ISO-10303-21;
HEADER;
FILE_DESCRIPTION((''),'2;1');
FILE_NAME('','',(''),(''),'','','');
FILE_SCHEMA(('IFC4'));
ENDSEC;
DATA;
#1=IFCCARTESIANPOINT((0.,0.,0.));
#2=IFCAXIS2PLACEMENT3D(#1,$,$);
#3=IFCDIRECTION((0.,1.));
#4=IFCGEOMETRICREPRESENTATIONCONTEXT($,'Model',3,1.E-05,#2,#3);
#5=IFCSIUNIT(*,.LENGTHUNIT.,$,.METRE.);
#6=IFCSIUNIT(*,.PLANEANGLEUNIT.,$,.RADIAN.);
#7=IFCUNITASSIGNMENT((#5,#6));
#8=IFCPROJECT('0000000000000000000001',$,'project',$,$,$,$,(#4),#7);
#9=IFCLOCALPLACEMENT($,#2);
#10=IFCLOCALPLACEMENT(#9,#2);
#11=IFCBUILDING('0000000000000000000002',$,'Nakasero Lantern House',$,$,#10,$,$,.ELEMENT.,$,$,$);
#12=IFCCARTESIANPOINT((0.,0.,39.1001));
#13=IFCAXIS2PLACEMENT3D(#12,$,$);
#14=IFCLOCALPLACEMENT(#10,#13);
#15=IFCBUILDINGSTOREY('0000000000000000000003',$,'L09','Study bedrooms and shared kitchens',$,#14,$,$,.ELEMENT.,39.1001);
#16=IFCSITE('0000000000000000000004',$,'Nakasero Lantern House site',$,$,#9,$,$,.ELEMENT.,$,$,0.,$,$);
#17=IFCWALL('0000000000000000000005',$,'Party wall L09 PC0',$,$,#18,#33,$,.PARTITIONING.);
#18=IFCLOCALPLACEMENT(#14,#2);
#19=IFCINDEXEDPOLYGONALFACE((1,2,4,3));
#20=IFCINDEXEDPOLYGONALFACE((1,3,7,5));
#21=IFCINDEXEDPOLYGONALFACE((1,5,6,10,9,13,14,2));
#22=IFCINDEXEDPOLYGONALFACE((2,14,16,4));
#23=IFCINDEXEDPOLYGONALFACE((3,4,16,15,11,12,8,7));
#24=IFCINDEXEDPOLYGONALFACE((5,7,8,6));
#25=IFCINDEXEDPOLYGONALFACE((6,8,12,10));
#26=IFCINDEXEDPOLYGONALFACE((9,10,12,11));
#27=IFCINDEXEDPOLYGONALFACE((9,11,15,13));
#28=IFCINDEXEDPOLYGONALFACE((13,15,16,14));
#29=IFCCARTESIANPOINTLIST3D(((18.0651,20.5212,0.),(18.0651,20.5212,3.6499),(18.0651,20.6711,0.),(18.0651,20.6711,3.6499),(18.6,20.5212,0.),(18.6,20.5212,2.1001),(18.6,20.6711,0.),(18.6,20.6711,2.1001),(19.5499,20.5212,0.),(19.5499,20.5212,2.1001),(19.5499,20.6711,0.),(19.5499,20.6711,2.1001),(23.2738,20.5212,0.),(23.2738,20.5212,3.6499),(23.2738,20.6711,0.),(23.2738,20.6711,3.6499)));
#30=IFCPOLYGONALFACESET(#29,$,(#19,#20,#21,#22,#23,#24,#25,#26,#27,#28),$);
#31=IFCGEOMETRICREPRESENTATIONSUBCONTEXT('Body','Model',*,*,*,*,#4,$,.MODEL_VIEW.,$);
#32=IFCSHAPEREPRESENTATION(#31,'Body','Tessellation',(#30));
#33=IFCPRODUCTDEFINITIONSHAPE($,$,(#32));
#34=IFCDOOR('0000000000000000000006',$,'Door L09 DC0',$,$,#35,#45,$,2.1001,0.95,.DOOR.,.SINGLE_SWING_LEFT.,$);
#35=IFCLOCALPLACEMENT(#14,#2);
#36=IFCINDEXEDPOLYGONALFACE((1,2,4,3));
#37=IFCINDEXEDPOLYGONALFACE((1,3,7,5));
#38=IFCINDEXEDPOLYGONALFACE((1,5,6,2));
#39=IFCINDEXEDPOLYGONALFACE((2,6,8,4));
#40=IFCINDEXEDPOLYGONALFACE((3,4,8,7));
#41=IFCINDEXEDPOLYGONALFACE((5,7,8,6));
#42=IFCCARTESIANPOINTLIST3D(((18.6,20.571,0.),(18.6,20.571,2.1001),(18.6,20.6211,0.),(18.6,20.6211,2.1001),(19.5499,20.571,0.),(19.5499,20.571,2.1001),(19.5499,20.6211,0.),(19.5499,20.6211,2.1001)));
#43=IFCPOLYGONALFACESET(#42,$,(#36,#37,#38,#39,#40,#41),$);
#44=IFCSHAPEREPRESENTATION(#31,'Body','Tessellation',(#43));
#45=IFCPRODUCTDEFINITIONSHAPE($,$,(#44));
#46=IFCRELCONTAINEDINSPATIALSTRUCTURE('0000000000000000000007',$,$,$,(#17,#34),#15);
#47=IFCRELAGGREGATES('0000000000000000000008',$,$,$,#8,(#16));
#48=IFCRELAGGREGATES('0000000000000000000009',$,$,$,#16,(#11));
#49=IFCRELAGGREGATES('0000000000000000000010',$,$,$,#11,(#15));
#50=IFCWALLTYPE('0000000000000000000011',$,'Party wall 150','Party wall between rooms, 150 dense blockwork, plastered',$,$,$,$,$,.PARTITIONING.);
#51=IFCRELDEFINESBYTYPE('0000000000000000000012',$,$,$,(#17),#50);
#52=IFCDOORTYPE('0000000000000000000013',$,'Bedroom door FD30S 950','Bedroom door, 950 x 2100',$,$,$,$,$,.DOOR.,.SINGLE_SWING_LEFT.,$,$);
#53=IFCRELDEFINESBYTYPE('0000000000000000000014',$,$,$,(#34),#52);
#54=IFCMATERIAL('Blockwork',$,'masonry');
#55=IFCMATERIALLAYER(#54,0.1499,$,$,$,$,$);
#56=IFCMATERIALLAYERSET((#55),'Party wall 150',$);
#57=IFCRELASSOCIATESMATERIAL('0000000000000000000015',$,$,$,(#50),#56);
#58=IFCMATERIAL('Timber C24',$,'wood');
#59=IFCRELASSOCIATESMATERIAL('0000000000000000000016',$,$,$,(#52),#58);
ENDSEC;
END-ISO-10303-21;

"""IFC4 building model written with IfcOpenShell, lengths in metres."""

from ifc_helpers import new_model, si_unit, direction, frame, frame_2d, origin, place, context, subcontext, project, spatial, rectangle, extrude, material, layer, layer_set, type_object, element, fill, save


model = new_model("IFC4")

# Units and contexts
model_context = context("Model", 3, precision=1e-05, world=origin(), true_north=direction((0.0, 1.0)))
body_context = subcontext(model_context, "Body", "Model", "MODEL_VIEW")
ifc_project = project(units=[si_unit("LENGTHUNIT", "METRE"), si_unit("PLANEANGLEUNIT", "RADIAN")], contexts=[model_context])

# Site, building, storey
site_placement = place(None, origin())
site = spatial("IfcSite", under=ifc_project, at=site_placement, Name="Nakasero Lantern House site", CompositionType="ELEMENT", RefElevation=0.0)
building_placement = place(site_placement, origin())
building = spatial("IfcBuilding", under=site, at=building_placement, Name="Nakasero Lantern House", CompositionType="ELEMENT")
storey_placement = place(building_placement, frame((0.0, 0.0, 39.1001)))
storey = spatial("IfcBuildingStorey", under=building, at=storey_placement, Name="L09", Description="Study bedrooms and shared kitchens", CompositionType="ELEMENT", Elevation=39.1001)

# Wall, opening, door
ifc_material_1 = material(Name="Blockwork", Category="masonry")
ifc_layer_1 = layer(ifc_material_1, 0.1499)
ifc_layer_set_1 = layer_set([ifc_layer_1], Name="Party wall 150")
wall_type_1 = type_object("IfcWallType", Name="Party wall 150", Description="Party wall between rooms, 150 dense blockwork, plastered", PredefinedType="PARTITIONING", material=ifc_layer_set_1)
wall_1_placement = place(storey_placement, frame((18.0649, 20.5962, 0.0), z_axis=(0.0, 0.0, 1.0), x_axis=(1.0, 0.0, 0.0)))
wall_1 = element("IfcWall", 1, at=wall_1_placement, inside=storey, type_object=wall_type_1, Name="Party wall L09 PC0", PredefinedType="PARTITIONING", context=body_context, shape_type="SweptSolid", body=[
    extrude(rectangle(XDim=5.2087, YDim=0.1499, at=frame_2d((2.6045, 0.0))), origin(), (0.0, 0.0, 1.0), 3.6499),
])
opening_1_placement = place(wall_1_placement, frame((0.5349, 0.0, 0.0)))
opening_1 = element("IfcOpeningElement", 2, at=opening_1_placement, cuts=wall_1, PredefinedType="OPENING", context=body_context, shape_type="SweptSolid", body=[
    extrude(rectangle(XDim=0.95, YDim=2.1001, at=frame_2d((0.4751, 1.05))), frame((0.0, 0.095, 0.0), z_axis=(0.0, -1.0, 0.0), x_axis=(1.0, 0.0, 0.0)), (0.0, 0.0, 1.0), 0.1899),
])
ifc_material_2 = material(Name="Timber C24", Category="wood")
door_type_1 = type_object("IfcDoorType", Name="Bedroom door FD30S 950", Description="Bedroom door, 950 x 2100", OperationType="SINGLE_SWING_LEFT", PredefinedType="DOOR", material=ifc_material_2)
door_1_placement = place(opening_1_placement, origin())
door_1 = element("IfcDoor", 3, at=door_1_placement, inside=storey, type_object=door_type_1, Name="Door L09 DC0", OperationType="SINGLE_SWING_LEFT", OverallHeight=2.1001, OverallWidth=0.95, PredefinedType="DOOR", context=body_context, shape_type="SweptSolid", body=[
    extrude(rectangle(XDim=0.95, YDim=2.1001, at=frame_2d((0.4751, 1.05))), frame((0.0, 0.0249, 0.0), z_axis=(0.0, -1.0, 0.0), x_axis=(1.0, 0.0, 0.0)), (0.0, 0.0, 1.0), 0.05),
])
fill(opening_1, door_1)

save(model, "model.ifc")
